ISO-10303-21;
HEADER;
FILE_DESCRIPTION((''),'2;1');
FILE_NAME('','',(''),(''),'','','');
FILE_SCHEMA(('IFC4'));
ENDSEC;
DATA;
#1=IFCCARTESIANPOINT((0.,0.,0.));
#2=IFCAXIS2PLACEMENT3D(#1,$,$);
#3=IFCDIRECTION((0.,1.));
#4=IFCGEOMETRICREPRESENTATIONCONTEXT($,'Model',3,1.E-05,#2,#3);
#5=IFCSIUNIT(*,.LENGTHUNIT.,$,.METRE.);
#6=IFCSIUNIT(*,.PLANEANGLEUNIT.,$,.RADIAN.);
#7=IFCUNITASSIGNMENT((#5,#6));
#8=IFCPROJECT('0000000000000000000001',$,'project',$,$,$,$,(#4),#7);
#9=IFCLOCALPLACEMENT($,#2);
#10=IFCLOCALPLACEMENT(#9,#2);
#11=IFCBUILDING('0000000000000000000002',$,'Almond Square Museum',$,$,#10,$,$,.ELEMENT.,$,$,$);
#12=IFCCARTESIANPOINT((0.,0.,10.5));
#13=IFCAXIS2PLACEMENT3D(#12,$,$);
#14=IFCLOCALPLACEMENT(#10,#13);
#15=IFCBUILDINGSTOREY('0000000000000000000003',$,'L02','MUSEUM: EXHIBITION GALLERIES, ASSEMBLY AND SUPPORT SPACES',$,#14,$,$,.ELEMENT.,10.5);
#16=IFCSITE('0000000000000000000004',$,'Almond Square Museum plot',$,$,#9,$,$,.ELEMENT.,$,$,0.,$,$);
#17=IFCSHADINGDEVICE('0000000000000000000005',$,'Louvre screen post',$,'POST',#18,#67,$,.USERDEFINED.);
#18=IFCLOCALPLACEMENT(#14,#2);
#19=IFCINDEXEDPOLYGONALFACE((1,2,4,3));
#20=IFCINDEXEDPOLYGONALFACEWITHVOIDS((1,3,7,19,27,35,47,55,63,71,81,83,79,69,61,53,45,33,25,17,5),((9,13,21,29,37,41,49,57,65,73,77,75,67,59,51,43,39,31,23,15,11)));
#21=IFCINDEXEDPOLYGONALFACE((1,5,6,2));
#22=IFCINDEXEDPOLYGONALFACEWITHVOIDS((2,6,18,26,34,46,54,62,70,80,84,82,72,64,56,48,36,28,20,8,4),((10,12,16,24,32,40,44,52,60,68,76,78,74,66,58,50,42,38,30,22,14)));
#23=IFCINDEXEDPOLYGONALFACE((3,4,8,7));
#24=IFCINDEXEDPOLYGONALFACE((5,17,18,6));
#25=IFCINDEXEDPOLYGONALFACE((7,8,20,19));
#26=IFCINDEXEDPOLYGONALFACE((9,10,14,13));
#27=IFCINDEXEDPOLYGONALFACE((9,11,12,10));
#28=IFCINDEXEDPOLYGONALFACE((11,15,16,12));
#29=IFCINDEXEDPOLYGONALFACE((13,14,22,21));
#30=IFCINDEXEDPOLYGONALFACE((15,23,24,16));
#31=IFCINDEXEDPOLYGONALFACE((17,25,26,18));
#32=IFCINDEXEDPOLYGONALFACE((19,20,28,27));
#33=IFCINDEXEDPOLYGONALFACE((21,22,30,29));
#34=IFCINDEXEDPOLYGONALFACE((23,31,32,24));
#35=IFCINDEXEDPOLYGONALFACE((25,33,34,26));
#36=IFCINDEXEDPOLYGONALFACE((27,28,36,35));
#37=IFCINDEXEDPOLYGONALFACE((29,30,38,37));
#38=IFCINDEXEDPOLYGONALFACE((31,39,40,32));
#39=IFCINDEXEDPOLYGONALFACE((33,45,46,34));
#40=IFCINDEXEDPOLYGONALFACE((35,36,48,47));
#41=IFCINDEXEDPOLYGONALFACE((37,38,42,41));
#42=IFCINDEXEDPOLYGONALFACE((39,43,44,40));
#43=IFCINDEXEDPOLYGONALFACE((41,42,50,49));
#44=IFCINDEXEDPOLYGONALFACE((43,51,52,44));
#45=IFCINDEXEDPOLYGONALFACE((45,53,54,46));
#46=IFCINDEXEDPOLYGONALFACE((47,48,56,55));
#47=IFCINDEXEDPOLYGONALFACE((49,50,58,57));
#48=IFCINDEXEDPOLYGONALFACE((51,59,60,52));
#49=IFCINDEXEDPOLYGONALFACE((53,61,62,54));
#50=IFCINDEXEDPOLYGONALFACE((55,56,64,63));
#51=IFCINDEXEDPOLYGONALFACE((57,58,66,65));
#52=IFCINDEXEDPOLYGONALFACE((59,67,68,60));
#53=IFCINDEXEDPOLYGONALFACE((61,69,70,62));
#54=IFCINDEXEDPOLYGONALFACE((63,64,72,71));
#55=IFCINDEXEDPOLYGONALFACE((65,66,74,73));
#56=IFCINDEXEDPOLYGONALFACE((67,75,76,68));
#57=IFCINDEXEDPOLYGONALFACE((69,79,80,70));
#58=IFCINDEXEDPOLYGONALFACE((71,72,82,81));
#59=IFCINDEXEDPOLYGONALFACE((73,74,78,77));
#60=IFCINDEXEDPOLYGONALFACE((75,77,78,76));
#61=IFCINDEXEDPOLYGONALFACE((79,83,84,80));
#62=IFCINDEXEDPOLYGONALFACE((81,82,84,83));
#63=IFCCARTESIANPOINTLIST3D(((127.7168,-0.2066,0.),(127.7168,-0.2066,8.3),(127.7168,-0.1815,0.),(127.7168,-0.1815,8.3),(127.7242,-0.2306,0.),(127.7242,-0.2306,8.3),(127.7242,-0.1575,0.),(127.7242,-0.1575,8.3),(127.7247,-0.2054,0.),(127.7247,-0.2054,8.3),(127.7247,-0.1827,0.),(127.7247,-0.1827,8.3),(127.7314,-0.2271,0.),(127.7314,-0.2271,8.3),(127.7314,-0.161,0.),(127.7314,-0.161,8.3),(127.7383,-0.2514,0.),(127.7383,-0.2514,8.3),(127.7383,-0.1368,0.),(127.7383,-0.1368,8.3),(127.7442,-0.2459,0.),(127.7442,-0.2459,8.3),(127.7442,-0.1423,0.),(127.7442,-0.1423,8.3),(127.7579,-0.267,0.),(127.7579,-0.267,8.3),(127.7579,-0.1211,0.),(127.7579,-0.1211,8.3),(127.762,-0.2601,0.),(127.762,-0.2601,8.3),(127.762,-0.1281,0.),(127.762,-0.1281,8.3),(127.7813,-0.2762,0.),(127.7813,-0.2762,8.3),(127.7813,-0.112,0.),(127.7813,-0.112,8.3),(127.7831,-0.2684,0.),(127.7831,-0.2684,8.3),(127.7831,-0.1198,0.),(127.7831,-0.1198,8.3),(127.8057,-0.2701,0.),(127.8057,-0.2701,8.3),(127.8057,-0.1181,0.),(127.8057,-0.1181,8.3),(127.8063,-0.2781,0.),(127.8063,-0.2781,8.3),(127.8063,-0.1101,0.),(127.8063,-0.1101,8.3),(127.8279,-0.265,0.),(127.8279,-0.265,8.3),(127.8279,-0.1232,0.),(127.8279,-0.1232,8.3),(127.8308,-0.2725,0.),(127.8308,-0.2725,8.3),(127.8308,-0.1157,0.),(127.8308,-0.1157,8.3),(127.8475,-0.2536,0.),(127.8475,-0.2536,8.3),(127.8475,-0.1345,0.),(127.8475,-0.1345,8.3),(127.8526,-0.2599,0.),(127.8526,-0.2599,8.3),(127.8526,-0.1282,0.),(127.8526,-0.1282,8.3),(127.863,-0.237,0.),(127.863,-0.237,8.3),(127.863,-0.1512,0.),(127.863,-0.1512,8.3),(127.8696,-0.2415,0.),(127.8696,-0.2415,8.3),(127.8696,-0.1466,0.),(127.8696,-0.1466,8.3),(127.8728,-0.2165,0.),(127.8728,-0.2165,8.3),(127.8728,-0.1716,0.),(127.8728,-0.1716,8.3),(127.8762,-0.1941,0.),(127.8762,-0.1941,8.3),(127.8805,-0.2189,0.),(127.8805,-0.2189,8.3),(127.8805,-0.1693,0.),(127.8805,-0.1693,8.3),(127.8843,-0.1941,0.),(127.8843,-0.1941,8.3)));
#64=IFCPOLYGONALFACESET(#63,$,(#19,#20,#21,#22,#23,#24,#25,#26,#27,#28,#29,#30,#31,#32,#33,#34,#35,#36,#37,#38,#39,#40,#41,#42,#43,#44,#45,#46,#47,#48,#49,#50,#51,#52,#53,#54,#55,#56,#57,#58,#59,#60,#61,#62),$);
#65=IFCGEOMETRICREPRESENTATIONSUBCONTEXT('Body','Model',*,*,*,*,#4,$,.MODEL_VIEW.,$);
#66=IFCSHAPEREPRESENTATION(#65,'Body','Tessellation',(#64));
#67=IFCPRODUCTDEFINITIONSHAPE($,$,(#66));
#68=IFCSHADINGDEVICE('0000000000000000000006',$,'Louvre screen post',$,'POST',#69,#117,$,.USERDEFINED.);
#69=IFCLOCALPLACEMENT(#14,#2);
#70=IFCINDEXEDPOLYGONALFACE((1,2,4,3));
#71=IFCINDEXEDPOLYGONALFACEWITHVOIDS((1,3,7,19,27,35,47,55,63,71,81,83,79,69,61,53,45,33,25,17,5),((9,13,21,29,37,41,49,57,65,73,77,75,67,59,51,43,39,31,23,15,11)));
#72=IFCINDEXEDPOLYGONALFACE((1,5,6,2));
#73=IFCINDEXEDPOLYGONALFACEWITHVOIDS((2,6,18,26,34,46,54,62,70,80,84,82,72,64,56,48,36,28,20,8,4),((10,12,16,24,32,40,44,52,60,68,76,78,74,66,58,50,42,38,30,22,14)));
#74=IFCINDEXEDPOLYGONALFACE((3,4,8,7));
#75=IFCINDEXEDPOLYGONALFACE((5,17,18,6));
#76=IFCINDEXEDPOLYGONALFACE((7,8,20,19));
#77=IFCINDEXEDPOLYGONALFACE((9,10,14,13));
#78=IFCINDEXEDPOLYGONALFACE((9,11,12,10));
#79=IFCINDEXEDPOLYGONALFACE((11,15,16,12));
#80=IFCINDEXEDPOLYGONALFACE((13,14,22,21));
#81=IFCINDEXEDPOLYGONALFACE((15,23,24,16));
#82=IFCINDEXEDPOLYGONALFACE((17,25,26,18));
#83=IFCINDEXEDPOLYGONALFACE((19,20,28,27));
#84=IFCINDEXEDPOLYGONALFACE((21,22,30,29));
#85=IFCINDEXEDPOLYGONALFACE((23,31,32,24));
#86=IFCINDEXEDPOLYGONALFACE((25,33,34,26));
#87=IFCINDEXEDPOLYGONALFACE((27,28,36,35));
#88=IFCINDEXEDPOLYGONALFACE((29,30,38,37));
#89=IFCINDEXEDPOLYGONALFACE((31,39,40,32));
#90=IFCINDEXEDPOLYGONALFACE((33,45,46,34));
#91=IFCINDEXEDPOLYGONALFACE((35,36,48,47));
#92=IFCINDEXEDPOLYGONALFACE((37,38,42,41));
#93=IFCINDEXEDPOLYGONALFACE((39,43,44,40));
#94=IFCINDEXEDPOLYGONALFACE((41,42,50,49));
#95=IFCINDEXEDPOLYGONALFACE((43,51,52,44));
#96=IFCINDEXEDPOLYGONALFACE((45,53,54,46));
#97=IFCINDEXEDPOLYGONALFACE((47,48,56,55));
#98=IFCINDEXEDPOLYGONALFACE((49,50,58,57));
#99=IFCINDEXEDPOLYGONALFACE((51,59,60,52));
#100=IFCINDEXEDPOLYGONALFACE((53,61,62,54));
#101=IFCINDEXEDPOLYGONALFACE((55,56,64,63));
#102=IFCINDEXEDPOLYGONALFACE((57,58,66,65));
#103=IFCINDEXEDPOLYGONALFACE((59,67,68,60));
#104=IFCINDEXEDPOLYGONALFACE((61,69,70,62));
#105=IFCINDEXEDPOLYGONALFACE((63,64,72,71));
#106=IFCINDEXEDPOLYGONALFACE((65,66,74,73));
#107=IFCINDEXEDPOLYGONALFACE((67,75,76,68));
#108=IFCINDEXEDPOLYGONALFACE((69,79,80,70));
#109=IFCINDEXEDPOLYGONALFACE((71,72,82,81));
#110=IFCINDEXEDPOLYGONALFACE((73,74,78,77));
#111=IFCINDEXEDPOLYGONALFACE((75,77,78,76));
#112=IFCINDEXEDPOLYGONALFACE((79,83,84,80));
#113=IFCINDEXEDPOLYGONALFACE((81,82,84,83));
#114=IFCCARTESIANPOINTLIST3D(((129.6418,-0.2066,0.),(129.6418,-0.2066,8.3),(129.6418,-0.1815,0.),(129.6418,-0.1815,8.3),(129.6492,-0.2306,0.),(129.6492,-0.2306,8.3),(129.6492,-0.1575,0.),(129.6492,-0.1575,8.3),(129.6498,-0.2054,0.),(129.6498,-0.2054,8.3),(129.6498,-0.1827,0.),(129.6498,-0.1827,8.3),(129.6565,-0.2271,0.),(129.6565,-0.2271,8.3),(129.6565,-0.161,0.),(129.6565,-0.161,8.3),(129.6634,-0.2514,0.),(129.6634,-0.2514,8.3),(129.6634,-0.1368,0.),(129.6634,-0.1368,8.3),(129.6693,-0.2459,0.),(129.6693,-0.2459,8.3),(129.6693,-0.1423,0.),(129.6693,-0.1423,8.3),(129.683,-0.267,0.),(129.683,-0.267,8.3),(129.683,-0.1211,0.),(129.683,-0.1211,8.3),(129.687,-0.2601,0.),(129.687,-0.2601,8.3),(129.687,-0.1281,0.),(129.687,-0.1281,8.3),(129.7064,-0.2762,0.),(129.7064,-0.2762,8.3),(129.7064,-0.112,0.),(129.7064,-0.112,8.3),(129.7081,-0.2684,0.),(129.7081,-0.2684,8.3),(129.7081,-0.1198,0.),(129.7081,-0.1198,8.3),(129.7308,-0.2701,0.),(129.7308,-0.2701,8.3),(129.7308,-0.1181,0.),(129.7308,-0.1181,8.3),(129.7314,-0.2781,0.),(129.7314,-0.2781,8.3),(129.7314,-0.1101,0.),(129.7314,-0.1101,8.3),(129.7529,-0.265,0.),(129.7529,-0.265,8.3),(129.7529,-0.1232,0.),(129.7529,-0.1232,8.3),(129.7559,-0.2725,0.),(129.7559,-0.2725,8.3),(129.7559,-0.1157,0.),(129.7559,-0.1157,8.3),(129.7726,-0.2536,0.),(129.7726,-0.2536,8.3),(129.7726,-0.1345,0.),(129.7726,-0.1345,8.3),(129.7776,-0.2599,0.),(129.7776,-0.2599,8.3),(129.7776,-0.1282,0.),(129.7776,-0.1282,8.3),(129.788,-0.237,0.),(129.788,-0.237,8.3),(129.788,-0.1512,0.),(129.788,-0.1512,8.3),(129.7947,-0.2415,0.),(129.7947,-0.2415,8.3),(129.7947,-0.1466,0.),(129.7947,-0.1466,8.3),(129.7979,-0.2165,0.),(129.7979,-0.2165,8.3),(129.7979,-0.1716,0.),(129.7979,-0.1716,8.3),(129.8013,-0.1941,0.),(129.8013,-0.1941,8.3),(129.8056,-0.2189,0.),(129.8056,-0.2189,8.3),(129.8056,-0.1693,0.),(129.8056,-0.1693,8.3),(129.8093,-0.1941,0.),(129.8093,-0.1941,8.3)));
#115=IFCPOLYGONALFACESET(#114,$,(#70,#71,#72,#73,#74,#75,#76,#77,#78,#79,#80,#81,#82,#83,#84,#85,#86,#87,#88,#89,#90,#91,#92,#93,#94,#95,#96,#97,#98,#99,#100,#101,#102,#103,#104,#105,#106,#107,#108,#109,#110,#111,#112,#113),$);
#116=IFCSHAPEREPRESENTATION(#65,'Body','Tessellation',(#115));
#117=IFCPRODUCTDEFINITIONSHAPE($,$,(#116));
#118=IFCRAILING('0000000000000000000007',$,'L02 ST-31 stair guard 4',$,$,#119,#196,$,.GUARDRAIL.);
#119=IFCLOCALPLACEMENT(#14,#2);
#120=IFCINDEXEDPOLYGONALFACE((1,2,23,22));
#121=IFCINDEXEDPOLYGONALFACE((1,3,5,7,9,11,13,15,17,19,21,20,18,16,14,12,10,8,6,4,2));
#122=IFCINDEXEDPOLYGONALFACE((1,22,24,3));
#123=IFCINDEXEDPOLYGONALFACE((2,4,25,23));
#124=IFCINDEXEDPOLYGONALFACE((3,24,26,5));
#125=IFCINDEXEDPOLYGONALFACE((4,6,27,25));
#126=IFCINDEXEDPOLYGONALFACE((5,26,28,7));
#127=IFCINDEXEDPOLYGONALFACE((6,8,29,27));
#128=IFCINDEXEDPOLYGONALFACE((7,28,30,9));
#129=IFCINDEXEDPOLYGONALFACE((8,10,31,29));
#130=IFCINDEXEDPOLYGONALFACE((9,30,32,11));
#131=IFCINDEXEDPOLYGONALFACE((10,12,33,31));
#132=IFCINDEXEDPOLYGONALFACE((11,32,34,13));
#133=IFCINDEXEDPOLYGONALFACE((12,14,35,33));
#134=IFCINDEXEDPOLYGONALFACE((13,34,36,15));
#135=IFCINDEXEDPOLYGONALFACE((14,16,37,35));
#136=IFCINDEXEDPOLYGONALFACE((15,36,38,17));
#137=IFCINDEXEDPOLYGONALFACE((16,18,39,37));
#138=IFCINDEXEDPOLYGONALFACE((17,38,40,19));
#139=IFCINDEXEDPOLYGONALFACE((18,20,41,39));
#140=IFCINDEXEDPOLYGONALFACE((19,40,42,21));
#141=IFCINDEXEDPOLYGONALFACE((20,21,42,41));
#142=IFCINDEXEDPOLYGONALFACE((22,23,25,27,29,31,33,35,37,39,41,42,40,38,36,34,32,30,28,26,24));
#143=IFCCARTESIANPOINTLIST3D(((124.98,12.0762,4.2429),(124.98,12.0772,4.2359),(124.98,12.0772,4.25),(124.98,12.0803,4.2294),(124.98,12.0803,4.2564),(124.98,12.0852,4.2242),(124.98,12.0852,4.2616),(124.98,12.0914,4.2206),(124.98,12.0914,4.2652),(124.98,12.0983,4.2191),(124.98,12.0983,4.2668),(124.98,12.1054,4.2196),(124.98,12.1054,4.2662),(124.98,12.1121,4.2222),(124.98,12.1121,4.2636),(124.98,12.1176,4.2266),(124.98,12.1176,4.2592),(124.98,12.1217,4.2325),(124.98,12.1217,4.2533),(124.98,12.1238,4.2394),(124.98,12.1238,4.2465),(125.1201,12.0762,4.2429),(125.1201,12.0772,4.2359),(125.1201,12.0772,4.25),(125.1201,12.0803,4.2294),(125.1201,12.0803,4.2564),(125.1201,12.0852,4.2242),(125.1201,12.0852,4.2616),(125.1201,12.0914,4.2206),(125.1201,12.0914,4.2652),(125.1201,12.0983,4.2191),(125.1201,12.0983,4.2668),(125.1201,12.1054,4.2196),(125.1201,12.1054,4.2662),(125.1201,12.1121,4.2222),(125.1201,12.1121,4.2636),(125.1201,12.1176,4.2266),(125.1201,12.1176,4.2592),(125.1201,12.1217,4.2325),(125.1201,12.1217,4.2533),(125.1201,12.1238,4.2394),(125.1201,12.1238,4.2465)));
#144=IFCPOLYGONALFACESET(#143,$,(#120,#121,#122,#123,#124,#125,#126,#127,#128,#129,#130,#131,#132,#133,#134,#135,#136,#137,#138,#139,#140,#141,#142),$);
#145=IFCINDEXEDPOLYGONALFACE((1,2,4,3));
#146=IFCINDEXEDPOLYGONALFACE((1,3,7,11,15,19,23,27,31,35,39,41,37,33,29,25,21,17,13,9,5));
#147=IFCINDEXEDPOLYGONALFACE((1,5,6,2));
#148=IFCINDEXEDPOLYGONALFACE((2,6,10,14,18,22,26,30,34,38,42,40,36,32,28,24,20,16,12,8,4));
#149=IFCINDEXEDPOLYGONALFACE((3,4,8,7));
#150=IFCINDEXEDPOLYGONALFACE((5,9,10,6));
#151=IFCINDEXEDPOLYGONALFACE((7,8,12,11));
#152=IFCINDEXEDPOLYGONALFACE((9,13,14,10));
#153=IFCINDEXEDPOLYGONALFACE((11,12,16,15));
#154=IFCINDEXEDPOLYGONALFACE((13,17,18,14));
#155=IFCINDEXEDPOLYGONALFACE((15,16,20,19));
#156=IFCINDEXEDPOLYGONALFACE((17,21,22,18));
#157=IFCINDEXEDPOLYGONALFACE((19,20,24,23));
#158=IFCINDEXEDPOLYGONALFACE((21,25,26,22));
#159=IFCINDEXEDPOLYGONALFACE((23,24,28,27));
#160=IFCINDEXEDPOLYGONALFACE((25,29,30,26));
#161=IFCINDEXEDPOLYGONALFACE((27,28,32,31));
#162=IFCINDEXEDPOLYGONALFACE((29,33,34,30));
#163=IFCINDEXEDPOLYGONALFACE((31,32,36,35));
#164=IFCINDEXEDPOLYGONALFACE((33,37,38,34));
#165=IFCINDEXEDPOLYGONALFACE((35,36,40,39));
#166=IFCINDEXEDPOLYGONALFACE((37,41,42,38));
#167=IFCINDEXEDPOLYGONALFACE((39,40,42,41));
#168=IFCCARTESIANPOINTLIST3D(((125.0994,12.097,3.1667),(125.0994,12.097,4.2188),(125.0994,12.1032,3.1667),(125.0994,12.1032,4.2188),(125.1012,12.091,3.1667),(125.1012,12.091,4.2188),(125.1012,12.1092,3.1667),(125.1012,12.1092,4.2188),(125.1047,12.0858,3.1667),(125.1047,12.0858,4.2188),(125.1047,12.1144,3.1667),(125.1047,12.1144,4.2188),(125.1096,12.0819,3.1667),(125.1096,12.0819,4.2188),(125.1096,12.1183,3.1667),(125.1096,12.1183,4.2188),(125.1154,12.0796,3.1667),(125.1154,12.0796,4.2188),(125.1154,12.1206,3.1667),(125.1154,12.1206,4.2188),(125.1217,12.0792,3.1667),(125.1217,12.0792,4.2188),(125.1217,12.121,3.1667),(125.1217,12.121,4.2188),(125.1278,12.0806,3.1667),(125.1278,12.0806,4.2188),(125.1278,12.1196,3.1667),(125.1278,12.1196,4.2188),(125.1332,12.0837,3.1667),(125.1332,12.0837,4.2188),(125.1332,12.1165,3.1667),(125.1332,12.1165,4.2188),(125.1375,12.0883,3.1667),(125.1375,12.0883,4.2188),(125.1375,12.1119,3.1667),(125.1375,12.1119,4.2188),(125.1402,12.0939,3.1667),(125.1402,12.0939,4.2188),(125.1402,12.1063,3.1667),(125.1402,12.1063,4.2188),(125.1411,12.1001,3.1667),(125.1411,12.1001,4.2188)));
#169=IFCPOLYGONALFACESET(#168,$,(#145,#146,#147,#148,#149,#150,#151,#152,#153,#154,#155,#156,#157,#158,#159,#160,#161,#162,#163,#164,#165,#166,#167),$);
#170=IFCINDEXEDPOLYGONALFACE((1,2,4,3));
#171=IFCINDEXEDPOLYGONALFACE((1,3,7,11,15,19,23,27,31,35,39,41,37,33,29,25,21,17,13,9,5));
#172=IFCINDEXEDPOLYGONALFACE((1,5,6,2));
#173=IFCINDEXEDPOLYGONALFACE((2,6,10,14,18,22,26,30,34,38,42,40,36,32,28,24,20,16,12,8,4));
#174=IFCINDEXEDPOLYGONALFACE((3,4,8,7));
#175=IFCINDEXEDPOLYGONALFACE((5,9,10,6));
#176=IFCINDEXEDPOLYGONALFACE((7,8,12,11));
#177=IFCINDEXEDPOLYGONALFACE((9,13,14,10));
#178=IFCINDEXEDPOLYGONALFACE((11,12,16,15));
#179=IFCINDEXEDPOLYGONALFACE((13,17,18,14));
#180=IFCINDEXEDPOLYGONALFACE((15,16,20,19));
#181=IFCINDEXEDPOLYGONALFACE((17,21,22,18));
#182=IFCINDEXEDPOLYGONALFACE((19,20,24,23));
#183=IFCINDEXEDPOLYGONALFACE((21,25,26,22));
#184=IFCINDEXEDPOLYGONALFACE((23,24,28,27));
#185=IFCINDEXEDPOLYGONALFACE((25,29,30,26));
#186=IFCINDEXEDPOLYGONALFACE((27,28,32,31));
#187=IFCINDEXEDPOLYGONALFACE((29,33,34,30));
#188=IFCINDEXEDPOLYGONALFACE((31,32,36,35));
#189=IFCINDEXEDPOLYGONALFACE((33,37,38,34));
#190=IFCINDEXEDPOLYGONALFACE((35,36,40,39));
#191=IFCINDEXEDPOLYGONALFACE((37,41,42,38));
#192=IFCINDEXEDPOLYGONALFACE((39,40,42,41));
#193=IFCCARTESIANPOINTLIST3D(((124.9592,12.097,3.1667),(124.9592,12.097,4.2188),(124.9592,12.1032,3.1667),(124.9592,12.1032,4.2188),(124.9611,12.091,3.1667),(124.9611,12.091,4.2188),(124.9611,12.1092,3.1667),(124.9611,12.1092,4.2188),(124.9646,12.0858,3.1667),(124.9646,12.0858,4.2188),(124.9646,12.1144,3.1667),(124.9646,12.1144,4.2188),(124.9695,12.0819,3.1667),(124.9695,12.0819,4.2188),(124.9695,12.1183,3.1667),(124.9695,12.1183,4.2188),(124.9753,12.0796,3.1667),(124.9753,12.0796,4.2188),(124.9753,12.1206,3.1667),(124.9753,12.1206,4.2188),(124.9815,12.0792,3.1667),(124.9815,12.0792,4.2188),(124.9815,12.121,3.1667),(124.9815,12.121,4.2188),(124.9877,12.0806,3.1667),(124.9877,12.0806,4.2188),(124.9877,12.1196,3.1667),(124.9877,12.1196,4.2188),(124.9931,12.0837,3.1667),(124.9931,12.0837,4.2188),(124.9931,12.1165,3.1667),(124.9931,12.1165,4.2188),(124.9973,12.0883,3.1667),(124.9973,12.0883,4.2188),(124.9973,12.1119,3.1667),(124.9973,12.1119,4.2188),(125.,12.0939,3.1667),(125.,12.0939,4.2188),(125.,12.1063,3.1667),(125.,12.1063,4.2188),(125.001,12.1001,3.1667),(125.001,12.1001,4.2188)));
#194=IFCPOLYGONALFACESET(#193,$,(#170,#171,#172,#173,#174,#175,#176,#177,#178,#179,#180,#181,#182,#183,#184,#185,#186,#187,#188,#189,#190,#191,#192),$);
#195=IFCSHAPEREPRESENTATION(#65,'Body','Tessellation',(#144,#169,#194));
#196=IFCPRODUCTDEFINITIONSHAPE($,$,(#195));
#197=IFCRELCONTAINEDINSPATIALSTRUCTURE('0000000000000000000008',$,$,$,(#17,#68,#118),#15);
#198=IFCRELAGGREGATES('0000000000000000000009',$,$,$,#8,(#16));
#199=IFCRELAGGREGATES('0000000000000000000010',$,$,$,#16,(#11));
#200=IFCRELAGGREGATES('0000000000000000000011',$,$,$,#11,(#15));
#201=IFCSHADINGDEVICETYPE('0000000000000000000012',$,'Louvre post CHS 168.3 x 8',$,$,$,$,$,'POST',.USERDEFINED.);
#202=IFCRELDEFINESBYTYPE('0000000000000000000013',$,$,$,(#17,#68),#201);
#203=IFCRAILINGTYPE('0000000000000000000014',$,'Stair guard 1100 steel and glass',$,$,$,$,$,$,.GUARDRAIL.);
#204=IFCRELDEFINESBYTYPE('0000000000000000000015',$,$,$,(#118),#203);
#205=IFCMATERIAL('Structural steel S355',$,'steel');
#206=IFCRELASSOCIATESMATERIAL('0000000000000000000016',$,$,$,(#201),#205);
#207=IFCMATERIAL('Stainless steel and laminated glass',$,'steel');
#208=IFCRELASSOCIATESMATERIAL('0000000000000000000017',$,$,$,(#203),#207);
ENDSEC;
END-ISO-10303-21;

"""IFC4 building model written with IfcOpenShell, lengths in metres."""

from ifc_helpers import new_model, si_unit, direction, frame, origin, origin_2d, place, context, subcontext, project, spatial, circle, hollow_circle, extrude, material, material_profile, profile_set, type_object, element, save


model = new_model("IFC4")

# Units and contexts
model_context = context("Model", 3, precision=1e-05, world=origin(), true_north=direction((0.0, 1.0)))
body_context = subcontext(model_context, "Body", "Model", "MODEL_VIEW")
ifc_project = project(units=[si_unit("LENGTHUNIT", "METRE"), si_unit("PLANEANGLEUNIT", "RADIAN")], contexts=[model_context])

# Site, building, storey
site_placement = place(None, origin())
site = spatial("IfcSite", under=ifc_project, at=site_placement, Name="Almond Square Museum plot", CompositionType="ELEMENT", RefElevation=0.0)
building_placement = place(site_placement, origin())
building = spatial("IfcBuilding", under=site, at=building_placement, Name="Almond Square Museum", CompositionType="ELEMENT")
storey_placement = place(building_placement, frame((0.0, 0.0, 10.5)))
storey = spatial("IfcBuildingStorey", under=building, at=storey_placement, Name="L02", Description="MUSEUM: EXHIBITION GALLERIES, ASSEMBLY AND SUPPORT SPACES", CompositionType="ELEMENT", Elevation=10.5)

# Shading devices
ifc_material_1 = material(Name="Structural steel S355", Category="steel")
ifc_material_profile_1 = material_profile(ifc_material_1, hollow_circle(Radius=0.0842, WallThickness=0.0081, at=origin_2d()))
ifc_profile_set_1 = profile_set([ifc_material_profile_1], Name="Structural steel S355")
shading_device_type_1 = type_object("IfcShadingDeviceType", Name="Louvre post CHS 168.3 x 8", ElementType="POST", PredefinedType="USERDEFINED", material=ifc_profile_set_1)
for number, where, z_axis, x_axis, name in (
    (1, (127.8, -0.1941, 0.0), (0.0, 0.0, 1.0), (1.0, 0.0, 0.0), "Louvre screen post"),
    (2, (129.7251, -0.1941, 0.0), (0.0, 0.0, 1.0), (1.0, 0.0, 0.0), "Louvre screen post"),
):
    element("IfcShadingDevice", number, at=place(storey_placement, frame(where, z_axis=z_axis, x_axis=x_axis)), inside=storey, type_object=shading_device_type_1, Name=name, ObjectType="POST", PredefinedType="USERDEFINED", context=body_context, shape_type="SweptSolid", body=[
        extrude(hollow_circle(Radius=0.0842, WallThickness=0.0081, at=origin_2d()), origin(), (0.0, 0.0, 1.0), 8.3),
    ])

# Railing
ifc_material_2 = material(Name="Stainless steel and laminated glass", Category="steel")
railing_type_1 = type_object("IfcRailingType", Name="Stair guard 1100 steel and glass", PredefinedType="GUARDRAIL", material=ifc_material_2)
railing_1_placement = place(storey_placement, frame((125.1201, 12.1001, 3.1667)))
element("IfcRailing", 3, at=railing_1_placement, inside=storey, type_object=railing_type_1, Name="L02 ST-31 stair guard 4", PredefinedType="GUARDRAIL", context=body_context, shape_type="SweptSolid", body=[
    extrude(circle(Radius=0.0239, at=origin_2d()), frame((0.0, 0.0, 1.0762), z_axis=(-1.0, 0.0, 0.0), x_axis=(0.0, -1.0, 0.0)), (0.0, 0.0, 1.0), 0.1401),
    extrude(circle(Radius=0.021, at=origin_2d()), origin(), (0.0, 0.0, 1.0), 1.052),
    extrude(circle(Radius=0.021, at=origin_2d()), frame((-0.1401, 0.0, 0.0)), (0.0, 0.0, 1.0), 1.052),
])

save(model, "model.ifc")
